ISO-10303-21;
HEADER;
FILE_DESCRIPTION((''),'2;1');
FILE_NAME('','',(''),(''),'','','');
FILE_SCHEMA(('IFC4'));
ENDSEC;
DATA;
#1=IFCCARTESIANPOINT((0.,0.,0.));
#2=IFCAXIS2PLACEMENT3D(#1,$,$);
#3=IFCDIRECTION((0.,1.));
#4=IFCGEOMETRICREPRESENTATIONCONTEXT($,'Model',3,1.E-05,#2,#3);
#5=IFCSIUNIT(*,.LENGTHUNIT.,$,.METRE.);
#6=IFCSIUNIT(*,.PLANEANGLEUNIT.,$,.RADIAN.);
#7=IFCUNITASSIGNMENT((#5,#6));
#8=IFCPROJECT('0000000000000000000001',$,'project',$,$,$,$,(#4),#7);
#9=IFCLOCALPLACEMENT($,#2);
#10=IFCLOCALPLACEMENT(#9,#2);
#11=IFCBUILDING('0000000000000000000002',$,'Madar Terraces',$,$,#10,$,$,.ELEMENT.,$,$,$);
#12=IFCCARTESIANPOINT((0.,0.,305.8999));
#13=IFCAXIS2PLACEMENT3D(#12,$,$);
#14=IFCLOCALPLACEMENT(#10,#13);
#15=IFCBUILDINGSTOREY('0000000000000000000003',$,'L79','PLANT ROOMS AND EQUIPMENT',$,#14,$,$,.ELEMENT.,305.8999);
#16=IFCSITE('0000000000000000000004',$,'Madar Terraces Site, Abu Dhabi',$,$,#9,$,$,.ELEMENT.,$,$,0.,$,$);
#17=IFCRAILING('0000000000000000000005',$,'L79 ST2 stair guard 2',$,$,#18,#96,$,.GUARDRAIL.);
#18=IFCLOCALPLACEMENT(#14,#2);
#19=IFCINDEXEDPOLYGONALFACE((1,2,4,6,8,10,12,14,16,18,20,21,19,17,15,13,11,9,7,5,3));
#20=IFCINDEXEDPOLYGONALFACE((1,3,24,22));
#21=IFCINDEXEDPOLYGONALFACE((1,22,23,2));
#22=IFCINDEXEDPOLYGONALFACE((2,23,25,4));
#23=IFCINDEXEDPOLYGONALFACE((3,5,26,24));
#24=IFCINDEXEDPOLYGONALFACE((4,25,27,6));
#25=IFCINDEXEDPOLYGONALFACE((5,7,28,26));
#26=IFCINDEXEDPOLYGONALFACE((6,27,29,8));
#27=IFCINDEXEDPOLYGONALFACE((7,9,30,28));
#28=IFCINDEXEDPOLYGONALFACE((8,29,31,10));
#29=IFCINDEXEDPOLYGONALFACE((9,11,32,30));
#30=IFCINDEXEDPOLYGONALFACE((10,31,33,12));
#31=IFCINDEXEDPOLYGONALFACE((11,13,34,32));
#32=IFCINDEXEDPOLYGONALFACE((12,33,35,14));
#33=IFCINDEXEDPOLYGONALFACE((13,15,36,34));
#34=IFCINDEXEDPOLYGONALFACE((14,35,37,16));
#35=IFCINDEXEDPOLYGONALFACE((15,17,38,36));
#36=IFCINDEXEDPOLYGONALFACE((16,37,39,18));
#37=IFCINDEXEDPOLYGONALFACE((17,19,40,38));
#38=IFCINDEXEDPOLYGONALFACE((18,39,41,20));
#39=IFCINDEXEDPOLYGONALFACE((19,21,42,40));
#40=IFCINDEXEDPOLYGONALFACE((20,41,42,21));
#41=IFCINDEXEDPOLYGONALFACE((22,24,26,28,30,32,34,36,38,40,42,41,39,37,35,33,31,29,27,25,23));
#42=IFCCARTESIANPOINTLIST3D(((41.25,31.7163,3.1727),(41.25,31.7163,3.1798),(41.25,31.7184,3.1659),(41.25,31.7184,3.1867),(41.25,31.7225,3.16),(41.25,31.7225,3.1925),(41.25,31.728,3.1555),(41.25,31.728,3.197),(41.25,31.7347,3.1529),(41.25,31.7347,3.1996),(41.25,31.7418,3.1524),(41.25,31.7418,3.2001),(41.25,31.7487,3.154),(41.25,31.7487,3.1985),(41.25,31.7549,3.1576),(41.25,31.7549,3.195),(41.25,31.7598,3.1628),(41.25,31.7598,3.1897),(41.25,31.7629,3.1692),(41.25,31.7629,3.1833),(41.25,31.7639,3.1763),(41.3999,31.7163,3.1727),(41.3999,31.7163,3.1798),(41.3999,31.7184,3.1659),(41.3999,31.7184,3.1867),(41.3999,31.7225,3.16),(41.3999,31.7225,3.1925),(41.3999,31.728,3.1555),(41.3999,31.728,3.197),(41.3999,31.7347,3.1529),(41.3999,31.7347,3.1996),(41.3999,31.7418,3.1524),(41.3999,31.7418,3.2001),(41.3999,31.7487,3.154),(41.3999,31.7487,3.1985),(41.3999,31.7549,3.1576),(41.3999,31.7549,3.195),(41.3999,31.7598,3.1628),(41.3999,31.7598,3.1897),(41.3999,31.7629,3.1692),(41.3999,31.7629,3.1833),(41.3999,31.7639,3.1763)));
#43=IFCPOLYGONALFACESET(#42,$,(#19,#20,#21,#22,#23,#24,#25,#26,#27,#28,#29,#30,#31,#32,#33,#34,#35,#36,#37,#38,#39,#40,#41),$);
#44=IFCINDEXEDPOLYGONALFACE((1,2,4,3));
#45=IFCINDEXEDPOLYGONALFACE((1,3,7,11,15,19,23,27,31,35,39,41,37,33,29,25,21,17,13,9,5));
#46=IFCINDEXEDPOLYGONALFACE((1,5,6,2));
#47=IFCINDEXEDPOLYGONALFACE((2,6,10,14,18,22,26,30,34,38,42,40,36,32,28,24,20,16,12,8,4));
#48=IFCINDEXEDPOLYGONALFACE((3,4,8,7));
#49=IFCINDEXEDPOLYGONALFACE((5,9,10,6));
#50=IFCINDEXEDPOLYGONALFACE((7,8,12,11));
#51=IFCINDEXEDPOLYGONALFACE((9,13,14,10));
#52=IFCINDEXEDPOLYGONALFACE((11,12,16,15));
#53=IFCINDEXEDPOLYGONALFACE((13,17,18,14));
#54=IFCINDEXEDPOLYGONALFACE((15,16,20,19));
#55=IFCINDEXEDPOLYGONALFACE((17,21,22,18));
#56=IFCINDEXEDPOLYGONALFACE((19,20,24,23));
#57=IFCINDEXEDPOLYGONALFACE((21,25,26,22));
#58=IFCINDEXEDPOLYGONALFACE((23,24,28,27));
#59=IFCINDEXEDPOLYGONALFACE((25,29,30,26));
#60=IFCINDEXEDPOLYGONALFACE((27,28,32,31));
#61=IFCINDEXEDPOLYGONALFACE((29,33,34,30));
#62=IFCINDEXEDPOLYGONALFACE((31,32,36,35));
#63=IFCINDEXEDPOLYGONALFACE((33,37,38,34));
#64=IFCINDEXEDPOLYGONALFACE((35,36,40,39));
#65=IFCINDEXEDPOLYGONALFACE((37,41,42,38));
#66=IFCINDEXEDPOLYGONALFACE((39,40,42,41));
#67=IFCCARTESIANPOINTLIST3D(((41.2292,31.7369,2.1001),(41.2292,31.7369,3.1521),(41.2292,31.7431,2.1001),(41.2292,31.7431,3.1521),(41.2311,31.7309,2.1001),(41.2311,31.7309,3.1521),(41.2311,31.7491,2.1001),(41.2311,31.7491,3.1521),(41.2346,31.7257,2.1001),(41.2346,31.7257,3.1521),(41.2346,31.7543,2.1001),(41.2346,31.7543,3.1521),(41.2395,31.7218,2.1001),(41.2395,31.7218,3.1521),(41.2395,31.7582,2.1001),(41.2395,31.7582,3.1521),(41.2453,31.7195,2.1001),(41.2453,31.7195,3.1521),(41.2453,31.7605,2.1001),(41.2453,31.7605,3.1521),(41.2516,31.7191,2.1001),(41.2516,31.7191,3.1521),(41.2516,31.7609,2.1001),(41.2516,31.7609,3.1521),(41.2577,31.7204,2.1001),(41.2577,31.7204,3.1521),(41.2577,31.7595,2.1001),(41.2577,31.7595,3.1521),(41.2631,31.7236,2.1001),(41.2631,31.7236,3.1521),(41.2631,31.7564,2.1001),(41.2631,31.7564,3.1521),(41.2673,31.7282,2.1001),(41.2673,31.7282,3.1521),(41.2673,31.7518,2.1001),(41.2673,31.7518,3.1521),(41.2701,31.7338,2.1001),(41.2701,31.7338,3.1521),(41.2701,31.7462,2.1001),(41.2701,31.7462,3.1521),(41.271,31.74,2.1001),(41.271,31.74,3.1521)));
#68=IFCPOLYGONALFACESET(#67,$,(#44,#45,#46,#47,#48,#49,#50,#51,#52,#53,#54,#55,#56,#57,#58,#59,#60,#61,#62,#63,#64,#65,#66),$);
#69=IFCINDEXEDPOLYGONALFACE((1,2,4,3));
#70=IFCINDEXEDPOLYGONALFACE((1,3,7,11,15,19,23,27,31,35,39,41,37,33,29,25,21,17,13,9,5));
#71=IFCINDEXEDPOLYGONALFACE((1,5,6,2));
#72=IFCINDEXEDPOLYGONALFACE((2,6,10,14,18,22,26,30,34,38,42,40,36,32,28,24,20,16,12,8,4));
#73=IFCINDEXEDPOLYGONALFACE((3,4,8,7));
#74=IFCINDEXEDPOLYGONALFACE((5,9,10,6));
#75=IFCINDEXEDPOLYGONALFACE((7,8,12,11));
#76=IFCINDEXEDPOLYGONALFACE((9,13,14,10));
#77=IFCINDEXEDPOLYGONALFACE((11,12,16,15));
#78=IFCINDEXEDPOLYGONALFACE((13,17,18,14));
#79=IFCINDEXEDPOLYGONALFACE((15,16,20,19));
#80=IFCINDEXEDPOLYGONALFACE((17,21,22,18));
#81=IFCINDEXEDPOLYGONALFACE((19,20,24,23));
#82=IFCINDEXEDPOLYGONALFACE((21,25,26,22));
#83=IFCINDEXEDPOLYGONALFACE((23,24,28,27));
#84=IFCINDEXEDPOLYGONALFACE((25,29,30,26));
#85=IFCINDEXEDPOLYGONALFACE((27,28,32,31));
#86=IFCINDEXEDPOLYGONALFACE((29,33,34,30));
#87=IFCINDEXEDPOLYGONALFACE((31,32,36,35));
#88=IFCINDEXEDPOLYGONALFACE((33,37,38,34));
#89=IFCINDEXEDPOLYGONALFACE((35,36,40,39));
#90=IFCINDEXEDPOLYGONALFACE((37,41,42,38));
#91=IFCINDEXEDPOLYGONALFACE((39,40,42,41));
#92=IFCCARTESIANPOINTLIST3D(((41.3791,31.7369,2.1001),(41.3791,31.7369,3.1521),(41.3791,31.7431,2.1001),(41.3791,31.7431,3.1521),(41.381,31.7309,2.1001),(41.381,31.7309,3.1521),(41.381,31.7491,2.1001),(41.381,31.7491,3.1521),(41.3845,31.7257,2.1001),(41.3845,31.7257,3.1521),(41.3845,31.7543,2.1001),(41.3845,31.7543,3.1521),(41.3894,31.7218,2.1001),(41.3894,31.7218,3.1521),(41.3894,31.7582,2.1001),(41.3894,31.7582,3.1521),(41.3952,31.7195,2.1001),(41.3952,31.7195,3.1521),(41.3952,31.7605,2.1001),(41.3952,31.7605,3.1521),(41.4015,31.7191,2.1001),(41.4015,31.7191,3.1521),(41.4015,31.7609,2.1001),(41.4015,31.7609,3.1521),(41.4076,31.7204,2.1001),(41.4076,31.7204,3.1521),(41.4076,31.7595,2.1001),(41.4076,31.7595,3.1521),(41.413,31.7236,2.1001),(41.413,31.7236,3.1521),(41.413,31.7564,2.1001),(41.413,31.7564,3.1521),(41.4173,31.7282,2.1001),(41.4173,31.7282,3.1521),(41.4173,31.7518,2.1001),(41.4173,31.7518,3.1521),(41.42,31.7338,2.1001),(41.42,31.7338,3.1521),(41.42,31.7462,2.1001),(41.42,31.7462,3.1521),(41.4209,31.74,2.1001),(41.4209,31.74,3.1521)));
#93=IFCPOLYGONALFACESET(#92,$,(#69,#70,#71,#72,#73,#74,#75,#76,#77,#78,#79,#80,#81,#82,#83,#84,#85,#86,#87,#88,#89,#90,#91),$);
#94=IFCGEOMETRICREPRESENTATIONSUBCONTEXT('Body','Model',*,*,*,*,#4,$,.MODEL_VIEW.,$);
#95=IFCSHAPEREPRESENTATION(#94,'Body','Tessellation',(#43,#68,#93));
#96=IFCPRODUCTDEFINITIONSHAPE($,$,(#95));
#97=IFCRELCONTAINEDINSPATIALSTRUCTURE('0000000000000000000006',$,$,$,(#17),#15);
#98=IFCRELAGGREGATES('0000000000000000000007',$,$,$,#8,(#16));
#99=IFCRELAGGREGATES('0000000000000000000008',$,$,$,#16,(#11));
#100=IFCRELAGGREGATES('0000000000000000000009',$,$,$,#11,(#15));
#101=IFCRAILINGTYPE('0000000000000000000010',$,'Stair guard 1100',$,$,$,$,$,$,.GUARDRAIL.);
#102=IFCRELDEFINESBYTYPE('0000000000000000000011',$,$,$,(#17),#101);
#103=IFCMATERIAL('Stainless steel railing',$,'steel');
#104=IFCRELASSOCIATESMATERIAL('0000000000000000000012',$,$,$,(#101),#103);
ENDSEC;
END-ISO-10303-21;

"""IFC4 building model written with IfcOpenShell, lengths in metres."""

from ifc_helpers import new_model, si_unit, direction, frame, origin, origin_2d, place, context, subcontext, project, spatial, circle, extrude, material, type_object, element, save


model = new_model("IFC4")

# Units and contexts
model_context = context("Model", 3, precision=1e-05, world=origin(), true_north=direction((0.0, 1.0)))
body_context = subcontext(model_context, "Body", "Model", "MODEL_VIEW")
ifc_project = project(units=[si_unit("LENGTHUNIT", "METRE"), si_unit("PLANEANGLEUNIT", "RADIAN")], contexts=[model_context])

# Site, building, storey
site_placement = place(None, origin())
site = spatial("IfcSite", under=ifc_project, at=site_placement, Name="Madar Terraces Site, Abu Dhabi", CompositionType="ELEMENT", RefElevation=0.0)
building_placement = place(site_placement, origin())
building = spatial("IfcBuilding", under=site, at=building_placement, Name="Madar Terraces", CompositionType="ELEMENT")
storey_placement = place(building_placement, frame((0.0, 0.0, 305.8999)))
storey = spatial("IfcBuildingStorey", under=building, at=storey_placement, Name="L79", Description="PLANT ROOMS AND EQUIPMENT", CompositionType="ELEMENT", Elevation=305.8999)

# Railing
ifc_material_1 = material(Name="Stainless steel railing", Category="steel")
railing_type_1 = type_object("IfcRailingType", Name="Stair guard 1100", PredefinedType="GUARDRAIL", material=ifc_material_1)
railing_1_placement = place(storey_placement, frame((41.25, 31.74, 2.1001)))
element("IfcRailing", 1, at=railing_1_placement, inside=storey, type_object=railing_type_1, Name="L79 ST2 stair guard 2", PredefinedType="GUARDRAIL", context=body_context, shape_type="SweptSolid", body=[
    extrude(circle(Radius=0.0239, at=origin_2d()), frame((0.0, 0.0, 1.0762), z_axis=(1.0, 0.0, 0.0), x_axis=(0.0, 1.0, 0.0)), (0.0, 0.0, 1.0), 0.1499),
    extrude(circle(Radius=0.021, at=origin_2d()), origin(), (0.0, 0.0, 1.0), 1.052),
    extrude(circle(Radius=0.021, at=origin_2d()), frame((0.1499, 0.0, 0.0)), (0.0, 0.0, 1.0), 1.052),
])

save(model, "model.ifc")
